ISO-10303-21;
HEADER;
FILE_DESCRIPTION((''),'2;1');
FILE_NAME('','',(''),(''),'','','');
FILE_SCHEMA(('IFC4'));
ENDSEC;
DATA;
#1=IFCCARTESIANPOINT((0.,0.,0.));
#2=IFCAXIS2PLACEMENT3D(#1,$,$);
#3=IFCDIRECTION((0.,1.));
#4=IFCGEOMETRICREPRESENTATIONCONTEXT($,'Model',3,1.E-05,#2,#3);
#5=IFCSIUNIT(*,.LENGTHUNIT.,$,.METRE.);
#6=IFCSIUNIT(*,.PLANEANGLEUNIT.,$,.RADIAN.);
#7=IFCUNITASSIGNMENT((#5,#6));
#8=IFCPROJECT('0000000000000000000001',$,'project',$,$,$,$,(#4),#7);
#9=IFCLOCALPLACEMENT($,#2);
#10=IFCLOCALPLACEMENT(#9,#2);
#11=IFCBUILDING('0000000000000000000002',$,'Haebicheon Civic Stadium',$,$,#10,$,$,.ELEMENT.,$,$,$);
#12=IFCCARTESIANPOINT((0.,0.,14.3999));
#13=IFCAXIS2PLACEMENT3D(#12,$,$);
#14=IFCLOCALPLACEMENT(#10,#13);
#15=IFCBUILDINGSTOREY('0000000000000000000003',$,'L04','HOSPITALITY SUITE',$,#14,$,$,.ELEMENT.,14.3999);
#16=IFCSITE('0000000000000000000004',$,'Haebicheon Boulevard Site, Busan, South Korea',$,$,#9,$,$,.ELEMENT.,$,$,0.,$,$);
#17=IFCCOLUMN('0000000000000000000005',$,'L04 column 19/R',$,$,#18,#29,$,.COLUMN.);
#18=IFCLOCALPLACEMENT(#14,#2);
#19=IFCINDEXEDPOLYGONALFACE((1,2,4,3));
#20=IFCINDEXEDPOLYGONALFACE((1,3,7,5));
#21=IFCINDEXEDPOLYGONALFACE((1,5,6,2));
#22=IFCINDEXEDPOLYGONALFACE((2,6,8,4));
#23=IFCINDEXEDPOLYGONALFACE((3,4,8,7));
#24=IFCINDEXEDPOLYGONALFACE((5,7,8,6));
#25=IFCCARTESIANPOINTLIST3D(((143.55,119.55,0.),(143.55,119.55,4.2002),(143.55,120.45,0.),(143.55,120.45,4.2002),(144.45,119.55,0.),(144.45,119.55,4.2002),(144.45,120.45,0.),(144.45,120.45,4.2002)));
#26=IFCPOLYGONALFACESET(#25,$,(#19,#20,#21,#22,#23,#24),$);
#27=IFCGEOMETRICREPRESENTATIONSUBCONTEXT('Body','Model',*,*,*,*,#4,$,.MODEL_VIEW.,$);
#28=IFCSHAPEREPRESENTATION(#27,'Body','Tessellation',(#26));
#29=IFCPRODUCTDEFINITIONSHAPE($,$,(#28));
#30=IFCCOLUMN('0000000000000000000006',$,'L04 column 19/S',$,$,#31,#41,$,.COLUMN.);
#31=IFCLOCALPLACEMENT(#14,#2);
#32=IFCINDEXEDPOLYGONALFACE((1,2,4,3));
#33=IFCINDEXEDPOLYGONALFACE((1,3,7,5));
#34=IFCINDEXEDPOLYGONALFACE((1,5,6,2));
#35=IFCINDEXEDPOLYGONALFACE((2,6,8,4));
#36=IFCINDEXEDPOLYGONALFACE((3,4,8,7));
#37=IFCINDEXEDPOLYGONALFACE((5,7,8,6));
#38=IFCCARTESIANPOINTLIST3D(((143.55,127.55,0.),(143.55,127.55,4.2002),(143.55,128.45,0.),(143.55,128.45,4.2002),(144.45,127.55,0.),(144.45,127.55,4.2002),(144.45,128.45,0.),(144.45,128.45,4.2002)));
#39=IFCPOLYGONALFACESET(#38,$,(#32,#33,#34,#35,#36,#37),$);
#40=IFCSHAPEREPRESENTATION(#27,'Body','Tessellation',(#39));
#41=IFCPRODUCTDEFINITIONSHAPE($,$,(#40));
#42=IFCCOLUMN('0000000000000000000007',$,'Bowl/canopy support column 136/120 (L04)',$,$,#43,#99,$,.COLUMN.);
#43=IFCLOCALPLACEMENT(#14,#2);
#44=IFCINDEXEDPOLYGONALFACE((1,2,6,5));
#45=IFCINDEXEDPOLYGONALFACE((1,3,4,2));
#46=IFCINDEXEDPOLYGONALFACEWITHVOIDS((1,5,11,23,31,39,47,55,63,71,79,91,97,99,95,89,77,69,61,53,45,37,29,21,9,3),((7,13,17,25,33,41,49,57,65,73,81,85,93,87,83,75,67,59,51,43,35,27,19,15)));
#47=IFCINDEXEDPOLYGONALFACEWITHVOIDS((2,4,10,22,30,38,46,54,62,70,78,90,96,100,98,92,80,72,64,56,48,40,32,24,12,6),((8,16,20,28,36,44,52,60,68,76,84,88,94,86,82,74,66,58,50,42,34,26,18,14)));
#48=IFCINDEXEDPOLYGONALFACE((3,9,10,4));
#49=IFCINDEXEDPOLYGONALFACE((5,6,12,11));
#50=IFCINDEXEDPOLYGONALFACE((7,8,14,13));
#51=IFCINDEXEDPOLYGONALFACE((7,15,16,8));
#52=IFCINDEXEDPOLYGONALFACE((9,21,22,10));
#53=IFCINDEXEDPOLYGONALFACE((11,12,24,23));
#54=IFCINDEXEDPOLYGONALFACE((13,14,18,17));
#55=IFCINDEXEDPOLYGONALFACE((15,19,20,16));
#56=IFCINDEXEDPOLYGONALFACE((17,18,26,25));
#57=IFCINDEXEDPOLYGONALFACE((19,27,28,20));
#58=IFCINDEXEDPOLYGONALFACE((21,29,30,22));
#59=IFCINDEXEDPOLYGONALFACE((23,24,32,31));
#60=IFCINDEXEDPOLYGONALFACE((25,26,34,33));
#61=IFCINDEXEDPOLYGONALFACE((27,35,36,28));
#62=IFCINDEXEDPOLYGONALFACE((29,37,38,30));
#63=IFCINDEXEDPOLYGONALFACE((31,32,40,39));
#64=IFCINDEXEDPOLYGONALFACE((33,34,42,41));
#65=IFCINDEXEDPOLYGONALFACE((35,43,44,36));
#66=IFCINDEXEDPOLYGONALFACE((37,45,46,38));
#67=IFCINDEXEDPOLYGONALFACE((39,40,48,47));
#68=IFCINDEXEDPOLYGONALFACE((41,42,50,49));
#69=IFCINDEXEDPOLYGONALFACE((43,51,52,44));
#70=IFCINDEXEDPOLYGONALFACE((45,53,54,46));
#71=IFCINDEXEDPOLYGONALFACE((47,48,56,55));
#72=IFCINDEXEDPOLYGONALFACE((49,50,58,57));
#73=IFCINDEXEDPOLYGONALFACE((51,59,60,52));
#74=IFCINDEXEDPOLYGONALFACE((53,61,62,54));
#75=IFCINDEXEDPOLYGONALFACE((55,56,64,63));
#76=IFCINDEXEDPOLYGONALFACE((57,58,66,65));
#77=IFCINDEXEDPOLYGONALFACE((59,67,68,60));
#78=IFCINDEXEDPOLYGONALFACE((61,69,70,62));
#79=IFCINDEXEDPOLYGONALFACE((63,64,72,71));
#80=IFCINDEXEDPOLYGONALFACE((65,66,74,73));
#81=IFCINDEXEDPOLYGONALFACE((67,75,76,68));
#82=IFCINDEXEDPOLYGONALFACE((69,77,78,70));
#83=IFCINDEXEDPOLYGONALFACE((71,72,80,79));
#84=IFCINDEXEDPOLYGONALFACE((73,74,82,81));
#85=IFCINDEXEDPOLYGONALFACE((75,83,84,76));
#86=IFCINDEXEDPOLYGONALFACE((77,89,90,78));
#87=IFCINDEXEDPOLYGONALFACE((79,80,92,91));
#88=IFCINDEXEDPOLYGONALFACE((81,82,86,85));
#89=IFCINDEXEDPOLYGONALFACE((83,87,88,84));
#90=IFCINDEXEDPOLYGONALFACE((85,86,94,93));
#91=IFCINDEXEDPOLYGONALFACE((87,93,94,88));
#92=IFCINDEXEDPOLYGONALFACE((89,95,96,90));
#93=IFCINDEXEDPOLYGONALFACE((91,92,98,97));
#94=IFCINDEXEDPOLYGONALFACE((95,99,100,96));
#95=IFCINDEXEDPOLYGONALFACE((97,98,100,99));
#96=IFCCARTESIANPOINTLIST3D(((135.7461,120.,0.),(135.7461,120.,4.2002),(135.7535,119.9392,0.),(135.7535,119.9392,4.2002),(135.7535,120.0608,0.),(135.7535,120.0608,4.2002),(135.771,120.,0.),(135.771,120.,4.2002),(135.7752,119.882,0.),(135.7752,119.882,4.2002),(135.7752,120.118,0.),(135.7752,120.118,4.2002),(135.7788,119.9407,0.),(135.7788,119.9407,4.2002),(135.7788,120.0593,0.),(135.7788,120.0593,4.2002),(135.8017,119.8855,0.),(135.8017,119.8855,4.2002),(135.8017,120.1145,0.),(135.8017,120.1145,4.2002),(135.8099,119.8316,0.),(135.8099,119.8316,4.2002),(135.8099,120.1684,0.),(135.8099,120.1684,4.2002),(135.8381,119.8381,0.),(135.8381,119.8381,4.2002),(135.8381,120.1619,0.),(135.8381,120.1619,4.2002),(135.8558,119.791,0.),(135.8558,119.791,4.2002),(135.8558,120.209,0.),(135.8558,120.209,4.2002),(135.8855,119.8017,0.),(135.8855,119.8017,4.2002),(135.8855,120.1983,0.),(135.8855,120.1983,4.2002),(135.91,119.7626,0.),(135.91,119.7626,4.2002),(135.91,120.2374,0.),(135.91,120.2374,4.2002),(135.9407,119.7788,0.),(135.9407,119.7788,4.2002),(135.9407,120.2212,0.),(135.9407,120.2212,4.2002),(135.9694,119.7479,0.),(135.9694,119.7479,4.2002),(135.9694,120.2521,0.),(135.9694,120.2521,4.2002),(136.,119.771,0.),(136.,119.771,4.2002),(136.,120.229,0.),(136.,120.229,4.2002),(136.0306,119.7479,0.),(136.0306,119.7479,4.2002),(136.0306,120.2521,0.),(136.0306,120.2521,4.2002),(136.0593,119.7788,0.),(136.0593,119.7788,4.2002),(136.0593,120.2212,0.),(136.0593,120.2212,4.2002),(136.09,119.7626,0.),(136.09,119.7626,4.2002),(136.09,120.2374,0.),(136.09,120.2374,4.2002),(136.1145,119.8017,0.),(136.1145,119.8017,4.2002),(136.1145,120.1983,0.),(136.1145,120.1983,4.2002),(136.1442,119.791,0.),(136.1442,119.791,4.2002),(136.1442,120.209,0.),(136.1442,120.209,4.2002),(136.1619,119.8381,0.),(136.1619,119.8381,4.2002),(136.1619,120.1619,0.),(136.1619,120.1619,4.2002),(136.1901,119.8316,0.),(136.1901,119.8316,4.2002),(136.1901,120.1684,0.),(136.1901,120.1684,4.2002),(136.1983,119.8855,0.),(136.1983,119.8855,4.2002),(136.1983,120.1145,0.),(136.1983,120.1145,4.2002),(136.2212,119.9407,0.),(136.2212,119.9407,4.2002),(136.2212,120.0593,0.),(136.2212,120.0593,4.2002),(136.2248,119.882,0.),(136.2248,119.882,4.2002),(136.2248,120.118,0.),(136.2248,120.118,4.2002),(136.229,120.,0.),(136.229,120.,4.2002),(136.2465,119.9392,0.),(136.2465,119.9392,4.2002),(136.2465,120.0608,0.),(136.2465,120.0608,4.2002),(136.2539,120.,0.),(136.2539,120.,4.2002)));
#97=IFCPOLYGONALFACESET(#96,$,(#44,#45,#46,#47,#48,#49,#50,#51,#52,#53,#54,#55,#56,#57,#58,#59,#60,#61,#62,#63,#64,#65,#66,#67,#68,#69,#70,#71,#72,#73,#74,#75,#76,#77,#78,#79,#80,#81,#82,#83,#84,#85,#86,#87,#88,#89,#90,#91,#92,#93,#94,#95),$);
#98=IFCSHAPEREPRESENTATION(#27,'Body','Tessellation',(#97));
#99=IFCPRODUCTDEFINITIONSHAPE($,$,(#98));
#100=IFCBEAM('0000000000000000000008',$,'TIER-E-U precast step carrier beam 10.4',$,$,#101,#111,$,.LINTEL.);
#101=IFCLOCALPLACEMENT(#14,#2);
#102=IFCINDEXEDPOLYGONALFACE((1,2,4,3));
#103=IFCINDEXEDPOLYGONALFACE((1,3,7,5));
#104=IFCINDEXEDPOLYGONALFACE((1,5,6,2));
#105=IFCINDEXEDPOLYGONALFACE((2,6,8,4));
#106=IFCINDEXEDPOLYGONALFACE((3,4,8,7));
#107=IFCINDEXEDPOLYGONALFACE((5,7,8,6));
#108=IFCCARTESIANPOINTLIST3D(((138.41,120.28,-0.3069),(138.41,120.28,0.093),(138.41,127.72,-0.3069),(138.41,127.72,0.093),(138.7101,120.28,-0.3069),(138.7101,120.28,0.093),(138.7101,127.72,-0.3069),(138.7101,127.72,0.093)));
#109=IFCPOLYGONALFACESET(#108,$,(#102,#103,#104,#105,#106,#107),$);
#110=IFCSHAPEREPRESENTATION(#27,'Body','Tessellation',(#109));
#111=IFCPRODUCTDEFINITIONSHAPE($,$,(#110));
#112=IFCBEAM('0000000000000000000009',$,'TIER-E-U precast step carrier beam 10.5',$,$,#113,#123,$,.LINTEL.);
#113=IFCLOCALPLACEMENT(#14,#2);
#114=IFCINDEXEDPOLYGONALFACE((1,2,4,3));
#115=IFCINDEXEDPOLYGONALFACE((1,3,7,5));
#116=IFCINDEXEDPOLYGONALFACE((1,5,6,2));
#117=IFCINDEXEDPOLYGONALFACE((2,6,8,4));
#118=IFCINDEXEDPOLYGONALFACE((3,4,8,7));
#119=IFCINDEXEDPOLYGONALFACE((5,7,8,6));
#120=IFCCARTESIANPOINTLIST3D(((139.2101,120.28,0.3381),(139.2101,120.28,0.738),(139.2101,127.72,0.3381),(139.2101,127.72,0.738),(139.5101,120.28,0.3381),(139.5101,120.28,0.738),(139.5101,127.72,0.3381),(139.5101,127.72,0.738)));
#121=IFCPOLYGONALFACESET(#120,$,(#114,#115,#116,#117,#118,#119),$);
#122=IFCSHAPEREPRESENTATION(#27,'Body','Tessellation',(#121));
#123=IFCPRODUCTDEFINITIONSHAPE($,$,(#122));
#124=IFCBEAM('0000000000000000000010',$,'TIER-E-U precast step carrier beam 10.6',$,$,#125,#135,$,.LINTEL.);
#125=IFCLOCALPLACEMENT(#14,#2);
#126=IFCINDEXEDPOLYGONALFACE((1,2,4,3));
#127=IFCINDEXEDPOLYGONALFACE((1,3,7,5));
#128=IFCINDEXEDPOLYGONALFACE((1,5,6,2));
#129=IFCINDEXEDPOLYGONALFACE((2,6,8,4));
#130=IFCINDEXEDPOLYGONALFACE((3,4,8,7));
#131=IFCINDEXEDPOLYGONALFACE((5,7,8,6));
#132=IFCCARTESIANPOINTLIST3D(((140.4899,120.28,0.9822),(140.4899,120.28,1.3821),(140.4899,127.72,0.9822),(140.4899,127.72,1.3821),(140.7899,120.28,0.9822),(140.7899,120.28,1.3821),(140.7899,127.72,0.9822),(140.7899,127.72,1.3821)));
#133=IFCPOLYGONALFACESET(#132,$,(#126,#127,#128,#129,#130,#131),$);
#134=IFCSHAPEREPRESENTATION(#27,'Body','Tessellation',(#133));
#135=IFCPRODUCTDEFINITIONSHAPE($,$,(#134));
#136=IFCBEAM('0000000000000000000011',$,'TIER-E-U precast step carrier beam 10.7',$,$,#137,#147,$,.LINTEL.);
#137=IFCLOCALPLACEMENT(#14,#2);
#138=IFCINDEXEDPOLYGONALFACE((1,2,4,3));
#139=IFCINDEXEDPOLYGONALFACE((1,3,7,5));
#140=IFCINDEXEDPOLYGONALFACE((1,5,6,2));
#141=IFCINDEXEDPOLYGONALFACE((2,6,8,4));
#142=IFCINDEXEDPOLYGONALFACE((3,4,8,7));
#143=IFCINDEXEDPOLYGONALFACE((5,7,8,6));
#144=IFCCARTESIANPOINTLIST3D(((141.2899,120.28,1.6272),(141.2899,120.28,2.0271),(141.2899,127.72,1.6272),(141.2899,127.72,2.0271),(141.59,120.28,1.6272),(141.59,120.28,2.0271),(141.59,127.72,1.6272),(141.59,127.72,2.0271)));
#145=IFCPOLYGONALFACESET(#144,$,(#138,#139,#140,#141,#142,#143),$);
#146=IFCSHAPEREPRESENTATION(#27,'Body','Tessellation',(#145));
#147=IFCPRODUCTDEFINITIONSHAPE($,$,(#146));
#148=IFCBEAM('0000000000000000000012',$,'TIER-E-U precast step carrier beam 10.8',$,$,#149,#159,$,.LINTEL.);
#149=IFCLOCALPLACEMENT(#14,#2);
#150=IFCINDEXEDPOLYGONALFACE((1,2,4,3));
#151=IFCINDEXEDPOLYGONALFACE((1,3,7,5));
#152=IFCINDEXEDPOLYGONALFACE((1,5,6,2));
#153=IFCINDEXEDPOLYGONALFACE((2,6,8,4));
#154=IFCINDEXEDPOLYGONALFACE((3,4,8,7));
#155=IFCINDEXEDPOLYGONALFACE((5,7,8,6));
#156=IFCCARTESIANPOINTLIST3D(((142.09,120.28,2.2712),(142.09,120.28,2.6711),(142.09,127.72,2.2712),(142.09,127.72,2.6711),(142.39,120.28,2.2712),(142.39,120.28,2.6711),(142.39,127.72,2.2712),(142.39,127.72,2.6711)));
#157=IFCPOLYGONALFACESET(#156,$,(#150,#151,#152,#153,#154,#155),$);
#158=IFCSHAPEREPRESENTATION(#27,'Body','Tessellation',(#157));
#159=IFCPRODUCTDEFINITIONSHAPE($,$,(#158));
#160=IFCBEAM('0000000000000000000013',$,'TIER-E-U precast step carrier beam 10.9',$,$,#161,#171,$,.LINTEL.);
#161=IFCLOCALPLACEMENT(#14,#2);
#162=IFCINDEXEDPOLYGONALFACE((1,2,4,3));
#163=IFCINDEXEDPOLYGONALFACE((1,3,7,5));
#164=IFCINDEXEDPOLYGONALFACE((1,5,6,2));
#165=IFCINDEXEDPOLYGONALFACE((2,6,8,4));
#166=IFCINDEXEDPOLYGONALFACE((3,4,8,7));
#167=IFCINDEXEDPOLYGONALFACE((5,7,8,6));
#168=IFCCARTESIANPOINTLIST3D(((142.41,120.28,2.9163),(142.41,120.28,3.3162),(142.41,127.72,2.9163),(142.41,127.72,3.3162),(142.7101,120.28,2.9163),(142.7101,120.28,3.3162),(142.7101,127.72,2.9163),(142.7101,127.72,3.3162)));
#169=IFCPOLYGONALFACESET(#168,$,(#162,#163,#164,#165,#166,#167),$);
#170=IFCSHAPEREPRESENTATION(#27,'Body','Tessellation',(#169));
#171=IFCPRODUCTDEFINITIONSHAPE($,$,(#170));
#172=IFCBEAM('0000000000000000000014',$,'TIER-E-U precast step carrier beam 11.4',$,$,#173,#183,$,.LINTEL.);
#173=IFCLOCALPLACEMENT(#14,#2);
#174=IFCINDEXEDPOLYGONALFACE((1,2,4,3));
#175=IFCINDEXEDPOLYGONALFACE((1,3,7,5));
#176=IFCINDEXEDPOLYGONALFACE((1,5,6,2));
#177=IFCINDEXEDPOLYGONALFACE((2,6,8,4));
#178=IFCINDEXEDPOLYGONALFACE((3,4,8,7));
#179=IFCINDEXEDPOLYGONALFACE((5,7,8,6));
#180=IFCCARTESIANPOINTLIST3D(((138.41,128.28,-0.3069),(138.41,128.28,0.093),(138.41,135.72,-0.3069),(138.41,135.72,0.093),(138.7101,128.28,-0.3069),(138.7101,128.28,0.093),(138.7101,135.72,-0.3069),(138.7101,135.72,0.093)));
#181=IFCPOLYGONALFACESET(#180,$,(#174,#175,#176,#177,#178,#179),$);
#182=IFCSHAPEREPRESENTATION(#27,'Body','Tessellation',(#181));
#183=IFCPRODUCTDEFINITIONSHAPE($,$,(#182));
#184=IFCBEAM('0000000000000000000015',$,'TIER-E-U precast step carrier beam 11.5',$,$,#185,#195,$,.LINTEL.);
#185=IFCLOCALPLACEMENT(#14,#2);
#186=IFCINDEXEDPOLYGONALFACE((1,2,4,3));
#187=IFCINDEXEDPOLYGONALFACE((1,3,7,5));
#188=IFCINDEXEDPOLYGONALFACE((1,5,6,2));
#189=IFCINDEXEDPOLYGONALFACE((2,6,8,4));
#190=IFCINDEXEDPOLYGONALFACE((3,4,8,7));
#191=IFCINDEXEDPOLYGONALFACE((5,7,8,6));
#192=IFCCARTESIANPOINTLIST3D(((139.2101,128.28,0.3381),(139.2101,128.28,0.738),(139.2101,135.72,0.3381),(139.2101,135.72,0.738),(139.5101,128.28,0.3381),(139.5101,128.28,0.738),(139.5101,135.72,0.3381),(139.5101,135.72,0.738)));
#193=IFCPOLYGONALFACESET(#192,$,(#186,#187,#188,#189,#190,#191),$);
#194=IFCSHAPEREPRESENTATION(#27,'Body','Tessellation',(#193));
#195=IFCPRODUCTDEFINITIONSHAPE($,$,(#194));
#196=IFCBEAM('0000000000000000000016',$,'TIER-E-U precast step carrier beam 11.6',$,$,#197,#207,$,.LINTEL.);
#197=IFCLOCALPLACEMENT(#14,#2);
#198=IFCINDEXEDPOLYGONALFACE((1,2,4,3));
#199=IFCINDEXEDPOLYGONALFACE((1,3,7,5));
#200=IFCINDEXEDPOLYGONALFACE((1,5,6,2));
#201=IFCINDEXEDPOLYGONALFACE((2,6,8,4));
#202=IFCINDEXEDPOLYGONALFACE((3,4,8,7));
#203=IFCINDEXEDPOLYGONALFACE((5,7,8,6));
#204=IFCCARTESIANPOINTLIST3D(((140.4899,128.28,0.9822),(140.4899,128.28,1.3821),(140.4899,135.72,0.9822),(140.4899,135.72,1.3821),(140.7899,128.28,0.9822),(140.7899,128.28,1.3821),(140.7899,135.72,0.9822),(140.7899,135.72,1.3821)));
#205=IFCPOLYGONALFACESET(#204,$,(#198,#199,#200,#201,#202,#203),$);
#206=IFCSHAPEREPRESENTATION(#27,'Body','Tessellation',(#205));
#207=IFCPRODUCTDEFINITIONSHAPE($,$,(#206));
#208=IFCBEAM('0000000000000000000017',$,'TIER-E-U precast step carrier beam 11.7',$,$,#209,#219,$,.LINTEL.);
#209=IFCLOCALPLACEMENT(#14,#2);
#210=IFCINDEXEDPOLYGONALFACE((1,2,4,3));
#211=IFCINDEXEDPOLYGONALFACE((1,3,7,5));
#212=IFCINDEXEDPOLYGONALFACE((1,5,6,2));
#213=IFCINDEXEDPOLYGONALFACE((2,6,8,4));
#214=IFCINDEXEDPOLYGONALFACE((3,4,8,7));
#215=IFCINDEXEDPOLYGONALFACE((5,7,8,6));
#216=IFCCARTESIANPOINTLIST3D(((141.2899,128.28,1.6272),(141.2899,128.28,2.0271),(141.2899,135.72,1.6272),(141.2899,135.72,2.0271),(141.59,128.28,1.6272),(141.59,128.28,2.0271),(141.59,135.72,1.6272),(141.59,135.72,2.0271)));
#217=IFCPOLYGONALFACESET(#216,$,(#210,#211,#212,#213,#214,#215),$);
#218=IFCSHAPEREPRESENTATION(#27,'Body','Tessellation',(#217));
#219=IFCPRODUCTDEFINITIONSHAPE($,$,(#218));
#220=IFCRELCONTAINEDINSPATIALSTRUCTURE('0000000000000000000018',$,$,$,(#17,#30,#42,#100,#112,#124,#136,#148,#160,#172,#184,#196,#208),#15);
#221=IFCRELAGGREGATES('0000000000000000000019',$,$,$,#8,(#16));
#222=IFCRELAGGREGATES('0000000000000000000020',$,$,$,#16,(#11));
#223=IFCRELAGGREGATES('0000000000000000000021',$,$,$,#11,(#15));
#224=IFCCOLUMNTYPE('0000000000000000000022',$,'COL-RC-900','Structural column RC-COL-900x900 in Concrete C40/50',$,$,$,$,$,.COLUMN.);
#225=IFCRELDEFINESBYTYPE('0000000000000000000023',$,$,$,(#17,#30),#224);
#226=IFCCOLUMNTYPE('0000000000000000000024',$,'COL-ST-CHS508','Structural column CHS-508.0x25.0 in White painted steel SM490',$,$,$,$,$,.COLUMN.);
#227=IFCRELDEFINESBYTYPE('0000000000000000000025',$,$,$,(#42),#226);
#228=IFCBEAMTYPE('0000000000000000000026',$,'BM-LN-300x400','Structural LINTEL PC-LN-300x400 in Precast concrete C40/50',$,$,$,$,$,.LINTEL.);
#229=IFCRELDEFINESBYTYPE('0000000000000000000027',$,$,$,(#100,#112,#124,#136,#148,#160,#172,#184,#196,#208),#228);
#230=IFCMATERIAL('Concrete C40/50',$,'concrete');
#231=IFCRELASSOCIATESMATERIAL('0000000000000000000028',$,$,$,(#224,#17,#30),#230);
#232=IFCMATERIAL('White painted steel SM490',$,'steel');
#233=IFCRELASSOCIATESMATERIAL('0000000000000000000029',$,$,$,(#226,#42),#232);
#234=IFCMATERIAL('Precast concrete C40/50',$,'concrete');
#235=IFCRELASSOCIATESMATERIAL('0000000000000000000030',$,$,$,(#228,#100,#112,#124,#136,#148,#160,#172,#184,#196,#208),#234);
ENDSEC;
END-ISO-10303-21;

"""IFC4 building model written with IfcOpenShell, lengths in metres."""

from ifc_helpers import new_model, si_unit, direction, frame, origin, origin_2d, place, context, subcontext, project, spatial, rectangle, hollow_circle, extrude, material, material_profile, profile_set, type_object, element, save


model = new_model("IFC4")

# Units and contexts
model_context = context("Model", 3, precision=1e-05, world=origin(), true_north=direction((0.0, 1.0)))
body_context = subcontext(model_context, "Body", "Model", "MODEL_VIEW")
ifc_project = project(units=[si_unit("LENGTHUNIT", "METRE"), si_unit("PLANEANGLEUNIT", "RADIAN")], contexts=[model_context])

# Site, building, storey
site_placement = place(None, origin())
site = spatial("IfcSite", under=ifc_project, at=site_placement, Name="Haebicheon Boulevard Site, Busan, South Korea", CompositionType="ELEMENT", RefElevation=0.0)
building_placement = place(site_placement, origin())
building = spatial("IfcBuilding", under=site, at=building_placement, Name="Haebicheon Civic Stadium", CompositionType="ELEMENT")
storey_placement = place(building_placement, frame((0.0, 0.0, 14.3999)))
storey = spatial("IfcBuildingStorey", under=building, at=storey_placement, Name="L04", Description="HOSPITALITY SUITE", CompositionType="ELEMENT", Elevation=14.3999)

# Columns
ifc_material_1 = material(Name="Concrete C40/50", Category="concrete")
ifc_material_profile_1 = material_profile(ifc_material_1, rectangle(XDim=0.8999, YDim=0.8999, at=origin_2d()), Name="RC-COL-900x900")
ifc_profile_set_1 = profile_set([ifc_material_profile_1], Name="Concrete C40/50")
column_type_1 = type_object("IfcColumnType", Name="COL-RC-900", Description="Structural column RC-COL-900x900 in Concrete C40/50", PredefinedType="COLUMN", material=ifc_profile_set_1)
for number, where, z_axis, x_axis, name in (
    (1, (144.0, 120.0, 0.0), (0.0, 0.0, 1.0), (1.0, 0.0, 0.0), "L04 column 19/R"),
    (2, (144.0, 128.0, 0.0), (0.0, 0.0, 1.0), (1.0, 0.0, 0.0), "L04 column 19/S"),
):
    element("IfcColumn", number, at=place(storey_placement, frame(where, z_axis=z_axis, x_axis=x_axis)), inside=storey, type_object=column_type_1, material=ifc_profile_set_1, Name=name, PredefinedType="COLUMN", context=body_context, shape_type="SweptSolid", body=[
        extrude(rectangle(XDim=0.8999, YDim=0.8999, at=origin_2d()), origin(), (0.0, 0.0, 1.0), 4.2002),
    ])
ifc_material_2 = material(Name="White painted steel SM490", Category="steel")
ifc_material_profile_2 = material_profile(ifc_material_2, hollow_circle(Radius=0.2539, WallThickness=0.0249, at=origin_2d()), Name="CHS-508.0x25.0")
ifc_profile_set_2 = profile_set([ifc_material_profile_2], Name="White painted steel SM490")
column_type_2 = type_object("IfcColumnType", Name="COL-ST-CHS508", Description="Structural column CHS-508.0x25.0 in White painted steel SM490", PredefinedType="COLUMN", material=ifc_profile_set_2)
column_placement = place(storey_placement, frame((136.0, 120.0, 0.0), z_axis=(0.0, 0.0, 1.0), x_axis=(1.0, 0.0, 0.0)))
element("IfcColumn", 3, at=column_placement, inside=storey, type_object=column_type_2, material=ifc_profile_set_2, Name="Bowl/canopy support column 136/120 (L04)", PredefinedType="COLUMN", context=body_context, shape_type="SweptSolid", body=[
    extrude(hollow_circle(Radius=0.2539, WallThickness=0.0249, at=origin_2d()), origin(), (0.0, 0.0, 1.0), 4.2002),
])

# Beams
ifc_material_3 = material(Name="Precast concrete C40/50", Category="concrete")
ifc_material_profile_3 = material_profile(ifc_material_3, rectangle(XDim=0.3, YDim=0.3999, at=origin_2d()), Name="PC-LN-300x400")
ifc_profile_set_3 = profile_set([ifc_material_profile_3], Name="Precast concrete C40/50")
beam_type_1 = type_object("IfcBeamType", Name="BM-LN-300x400", Description="Structural LINTEL PC-LN-300x400 in Precast concrete C40/50", PredefinedType="LINTEL", material=ifc_profile_set_3)
for number, where, z_axis, x_axis, name in (
    (4, (138.5601, 120.28, -0.1069), (0.0, 1.0, 0.0), (-1.0, 0.0, 0.0), "TIER-E-U precast step carrier beam 10.4"),
    (5, (139.3601, 120.28, 0.5381), (0.0, 1.0, 0.0), (-1.0, 0.0, 0.0), "TIER-E-U precast step carrier beam 10.5"),
    (6, (140.6399, 120.28, 1.1821), (0.0, 1.0, 0.0), (-1.0, 0.0, 0.0), "TIER-E-U precast step carrier beam 10.6"),
    (7, (141.4399, 120.28, 1.8271), (0.0, 1.0, 0.0), (-1.0, 0.0, 0.0), "TIER-E-U precast step carrier beam 10.7"),
    (8, (142.24, 120.28, 2.4712), (0.0, 1.0, 0.0), (-1.0, 0.0, 0.0), "TIER-E-U precast step carrier beam 10.8"),
    (9, (142.5601, 120.28, 3.1162), (0.0, 1.0, 0.0), (-1.0, 0.0, 0.0), "TIER-E-U precast step carrier beam 10.9"),
    (10, (138.5601, 128.28, -0.1069), (0.0, 1.0, 0.0), (-1.0, 0.0, 0.0), "TIER-E-U precast step carrier beam 11.4"),
    (11, (139.3601, 128.28, 0.5381), (0.0, 1.0, 0.0), (-1.0, 0.0, 0.0), "TIER-E-U precast step carrier beam 11.5"),
    (12, (140.6399, 128.28, 1.1821), (0.0, 1.0, 0.0), (-1.0, 0.0, 0.0), "TIER-E-U precast step carrier beam 11.6"),
    (13, (141.4399, 128.28, 1.8271), (0.0, 1.0, 0.0), (-1.0, 0.0, 0.0), "TIER-E-U precast step carrier beam 11.7"),
):
    element("IfcBeam", number, at=place(storey_placement, frame(where, z_axis=z_axis, x_axis=x_axis)), inside=storey, type_object=beam_type_1, material=ifc_profile_set_3, Name=name, PredefinedType="LINTEL", context=body_context, shape_type="SweptSolid", body=[
        extrude(rectangle(XDim=0.3, YDim=0.3999, at=origin_2d()), origin(), (0.0, 0.0, 1.0), 7.4399),
    ])

save(model, "model.ifc")
